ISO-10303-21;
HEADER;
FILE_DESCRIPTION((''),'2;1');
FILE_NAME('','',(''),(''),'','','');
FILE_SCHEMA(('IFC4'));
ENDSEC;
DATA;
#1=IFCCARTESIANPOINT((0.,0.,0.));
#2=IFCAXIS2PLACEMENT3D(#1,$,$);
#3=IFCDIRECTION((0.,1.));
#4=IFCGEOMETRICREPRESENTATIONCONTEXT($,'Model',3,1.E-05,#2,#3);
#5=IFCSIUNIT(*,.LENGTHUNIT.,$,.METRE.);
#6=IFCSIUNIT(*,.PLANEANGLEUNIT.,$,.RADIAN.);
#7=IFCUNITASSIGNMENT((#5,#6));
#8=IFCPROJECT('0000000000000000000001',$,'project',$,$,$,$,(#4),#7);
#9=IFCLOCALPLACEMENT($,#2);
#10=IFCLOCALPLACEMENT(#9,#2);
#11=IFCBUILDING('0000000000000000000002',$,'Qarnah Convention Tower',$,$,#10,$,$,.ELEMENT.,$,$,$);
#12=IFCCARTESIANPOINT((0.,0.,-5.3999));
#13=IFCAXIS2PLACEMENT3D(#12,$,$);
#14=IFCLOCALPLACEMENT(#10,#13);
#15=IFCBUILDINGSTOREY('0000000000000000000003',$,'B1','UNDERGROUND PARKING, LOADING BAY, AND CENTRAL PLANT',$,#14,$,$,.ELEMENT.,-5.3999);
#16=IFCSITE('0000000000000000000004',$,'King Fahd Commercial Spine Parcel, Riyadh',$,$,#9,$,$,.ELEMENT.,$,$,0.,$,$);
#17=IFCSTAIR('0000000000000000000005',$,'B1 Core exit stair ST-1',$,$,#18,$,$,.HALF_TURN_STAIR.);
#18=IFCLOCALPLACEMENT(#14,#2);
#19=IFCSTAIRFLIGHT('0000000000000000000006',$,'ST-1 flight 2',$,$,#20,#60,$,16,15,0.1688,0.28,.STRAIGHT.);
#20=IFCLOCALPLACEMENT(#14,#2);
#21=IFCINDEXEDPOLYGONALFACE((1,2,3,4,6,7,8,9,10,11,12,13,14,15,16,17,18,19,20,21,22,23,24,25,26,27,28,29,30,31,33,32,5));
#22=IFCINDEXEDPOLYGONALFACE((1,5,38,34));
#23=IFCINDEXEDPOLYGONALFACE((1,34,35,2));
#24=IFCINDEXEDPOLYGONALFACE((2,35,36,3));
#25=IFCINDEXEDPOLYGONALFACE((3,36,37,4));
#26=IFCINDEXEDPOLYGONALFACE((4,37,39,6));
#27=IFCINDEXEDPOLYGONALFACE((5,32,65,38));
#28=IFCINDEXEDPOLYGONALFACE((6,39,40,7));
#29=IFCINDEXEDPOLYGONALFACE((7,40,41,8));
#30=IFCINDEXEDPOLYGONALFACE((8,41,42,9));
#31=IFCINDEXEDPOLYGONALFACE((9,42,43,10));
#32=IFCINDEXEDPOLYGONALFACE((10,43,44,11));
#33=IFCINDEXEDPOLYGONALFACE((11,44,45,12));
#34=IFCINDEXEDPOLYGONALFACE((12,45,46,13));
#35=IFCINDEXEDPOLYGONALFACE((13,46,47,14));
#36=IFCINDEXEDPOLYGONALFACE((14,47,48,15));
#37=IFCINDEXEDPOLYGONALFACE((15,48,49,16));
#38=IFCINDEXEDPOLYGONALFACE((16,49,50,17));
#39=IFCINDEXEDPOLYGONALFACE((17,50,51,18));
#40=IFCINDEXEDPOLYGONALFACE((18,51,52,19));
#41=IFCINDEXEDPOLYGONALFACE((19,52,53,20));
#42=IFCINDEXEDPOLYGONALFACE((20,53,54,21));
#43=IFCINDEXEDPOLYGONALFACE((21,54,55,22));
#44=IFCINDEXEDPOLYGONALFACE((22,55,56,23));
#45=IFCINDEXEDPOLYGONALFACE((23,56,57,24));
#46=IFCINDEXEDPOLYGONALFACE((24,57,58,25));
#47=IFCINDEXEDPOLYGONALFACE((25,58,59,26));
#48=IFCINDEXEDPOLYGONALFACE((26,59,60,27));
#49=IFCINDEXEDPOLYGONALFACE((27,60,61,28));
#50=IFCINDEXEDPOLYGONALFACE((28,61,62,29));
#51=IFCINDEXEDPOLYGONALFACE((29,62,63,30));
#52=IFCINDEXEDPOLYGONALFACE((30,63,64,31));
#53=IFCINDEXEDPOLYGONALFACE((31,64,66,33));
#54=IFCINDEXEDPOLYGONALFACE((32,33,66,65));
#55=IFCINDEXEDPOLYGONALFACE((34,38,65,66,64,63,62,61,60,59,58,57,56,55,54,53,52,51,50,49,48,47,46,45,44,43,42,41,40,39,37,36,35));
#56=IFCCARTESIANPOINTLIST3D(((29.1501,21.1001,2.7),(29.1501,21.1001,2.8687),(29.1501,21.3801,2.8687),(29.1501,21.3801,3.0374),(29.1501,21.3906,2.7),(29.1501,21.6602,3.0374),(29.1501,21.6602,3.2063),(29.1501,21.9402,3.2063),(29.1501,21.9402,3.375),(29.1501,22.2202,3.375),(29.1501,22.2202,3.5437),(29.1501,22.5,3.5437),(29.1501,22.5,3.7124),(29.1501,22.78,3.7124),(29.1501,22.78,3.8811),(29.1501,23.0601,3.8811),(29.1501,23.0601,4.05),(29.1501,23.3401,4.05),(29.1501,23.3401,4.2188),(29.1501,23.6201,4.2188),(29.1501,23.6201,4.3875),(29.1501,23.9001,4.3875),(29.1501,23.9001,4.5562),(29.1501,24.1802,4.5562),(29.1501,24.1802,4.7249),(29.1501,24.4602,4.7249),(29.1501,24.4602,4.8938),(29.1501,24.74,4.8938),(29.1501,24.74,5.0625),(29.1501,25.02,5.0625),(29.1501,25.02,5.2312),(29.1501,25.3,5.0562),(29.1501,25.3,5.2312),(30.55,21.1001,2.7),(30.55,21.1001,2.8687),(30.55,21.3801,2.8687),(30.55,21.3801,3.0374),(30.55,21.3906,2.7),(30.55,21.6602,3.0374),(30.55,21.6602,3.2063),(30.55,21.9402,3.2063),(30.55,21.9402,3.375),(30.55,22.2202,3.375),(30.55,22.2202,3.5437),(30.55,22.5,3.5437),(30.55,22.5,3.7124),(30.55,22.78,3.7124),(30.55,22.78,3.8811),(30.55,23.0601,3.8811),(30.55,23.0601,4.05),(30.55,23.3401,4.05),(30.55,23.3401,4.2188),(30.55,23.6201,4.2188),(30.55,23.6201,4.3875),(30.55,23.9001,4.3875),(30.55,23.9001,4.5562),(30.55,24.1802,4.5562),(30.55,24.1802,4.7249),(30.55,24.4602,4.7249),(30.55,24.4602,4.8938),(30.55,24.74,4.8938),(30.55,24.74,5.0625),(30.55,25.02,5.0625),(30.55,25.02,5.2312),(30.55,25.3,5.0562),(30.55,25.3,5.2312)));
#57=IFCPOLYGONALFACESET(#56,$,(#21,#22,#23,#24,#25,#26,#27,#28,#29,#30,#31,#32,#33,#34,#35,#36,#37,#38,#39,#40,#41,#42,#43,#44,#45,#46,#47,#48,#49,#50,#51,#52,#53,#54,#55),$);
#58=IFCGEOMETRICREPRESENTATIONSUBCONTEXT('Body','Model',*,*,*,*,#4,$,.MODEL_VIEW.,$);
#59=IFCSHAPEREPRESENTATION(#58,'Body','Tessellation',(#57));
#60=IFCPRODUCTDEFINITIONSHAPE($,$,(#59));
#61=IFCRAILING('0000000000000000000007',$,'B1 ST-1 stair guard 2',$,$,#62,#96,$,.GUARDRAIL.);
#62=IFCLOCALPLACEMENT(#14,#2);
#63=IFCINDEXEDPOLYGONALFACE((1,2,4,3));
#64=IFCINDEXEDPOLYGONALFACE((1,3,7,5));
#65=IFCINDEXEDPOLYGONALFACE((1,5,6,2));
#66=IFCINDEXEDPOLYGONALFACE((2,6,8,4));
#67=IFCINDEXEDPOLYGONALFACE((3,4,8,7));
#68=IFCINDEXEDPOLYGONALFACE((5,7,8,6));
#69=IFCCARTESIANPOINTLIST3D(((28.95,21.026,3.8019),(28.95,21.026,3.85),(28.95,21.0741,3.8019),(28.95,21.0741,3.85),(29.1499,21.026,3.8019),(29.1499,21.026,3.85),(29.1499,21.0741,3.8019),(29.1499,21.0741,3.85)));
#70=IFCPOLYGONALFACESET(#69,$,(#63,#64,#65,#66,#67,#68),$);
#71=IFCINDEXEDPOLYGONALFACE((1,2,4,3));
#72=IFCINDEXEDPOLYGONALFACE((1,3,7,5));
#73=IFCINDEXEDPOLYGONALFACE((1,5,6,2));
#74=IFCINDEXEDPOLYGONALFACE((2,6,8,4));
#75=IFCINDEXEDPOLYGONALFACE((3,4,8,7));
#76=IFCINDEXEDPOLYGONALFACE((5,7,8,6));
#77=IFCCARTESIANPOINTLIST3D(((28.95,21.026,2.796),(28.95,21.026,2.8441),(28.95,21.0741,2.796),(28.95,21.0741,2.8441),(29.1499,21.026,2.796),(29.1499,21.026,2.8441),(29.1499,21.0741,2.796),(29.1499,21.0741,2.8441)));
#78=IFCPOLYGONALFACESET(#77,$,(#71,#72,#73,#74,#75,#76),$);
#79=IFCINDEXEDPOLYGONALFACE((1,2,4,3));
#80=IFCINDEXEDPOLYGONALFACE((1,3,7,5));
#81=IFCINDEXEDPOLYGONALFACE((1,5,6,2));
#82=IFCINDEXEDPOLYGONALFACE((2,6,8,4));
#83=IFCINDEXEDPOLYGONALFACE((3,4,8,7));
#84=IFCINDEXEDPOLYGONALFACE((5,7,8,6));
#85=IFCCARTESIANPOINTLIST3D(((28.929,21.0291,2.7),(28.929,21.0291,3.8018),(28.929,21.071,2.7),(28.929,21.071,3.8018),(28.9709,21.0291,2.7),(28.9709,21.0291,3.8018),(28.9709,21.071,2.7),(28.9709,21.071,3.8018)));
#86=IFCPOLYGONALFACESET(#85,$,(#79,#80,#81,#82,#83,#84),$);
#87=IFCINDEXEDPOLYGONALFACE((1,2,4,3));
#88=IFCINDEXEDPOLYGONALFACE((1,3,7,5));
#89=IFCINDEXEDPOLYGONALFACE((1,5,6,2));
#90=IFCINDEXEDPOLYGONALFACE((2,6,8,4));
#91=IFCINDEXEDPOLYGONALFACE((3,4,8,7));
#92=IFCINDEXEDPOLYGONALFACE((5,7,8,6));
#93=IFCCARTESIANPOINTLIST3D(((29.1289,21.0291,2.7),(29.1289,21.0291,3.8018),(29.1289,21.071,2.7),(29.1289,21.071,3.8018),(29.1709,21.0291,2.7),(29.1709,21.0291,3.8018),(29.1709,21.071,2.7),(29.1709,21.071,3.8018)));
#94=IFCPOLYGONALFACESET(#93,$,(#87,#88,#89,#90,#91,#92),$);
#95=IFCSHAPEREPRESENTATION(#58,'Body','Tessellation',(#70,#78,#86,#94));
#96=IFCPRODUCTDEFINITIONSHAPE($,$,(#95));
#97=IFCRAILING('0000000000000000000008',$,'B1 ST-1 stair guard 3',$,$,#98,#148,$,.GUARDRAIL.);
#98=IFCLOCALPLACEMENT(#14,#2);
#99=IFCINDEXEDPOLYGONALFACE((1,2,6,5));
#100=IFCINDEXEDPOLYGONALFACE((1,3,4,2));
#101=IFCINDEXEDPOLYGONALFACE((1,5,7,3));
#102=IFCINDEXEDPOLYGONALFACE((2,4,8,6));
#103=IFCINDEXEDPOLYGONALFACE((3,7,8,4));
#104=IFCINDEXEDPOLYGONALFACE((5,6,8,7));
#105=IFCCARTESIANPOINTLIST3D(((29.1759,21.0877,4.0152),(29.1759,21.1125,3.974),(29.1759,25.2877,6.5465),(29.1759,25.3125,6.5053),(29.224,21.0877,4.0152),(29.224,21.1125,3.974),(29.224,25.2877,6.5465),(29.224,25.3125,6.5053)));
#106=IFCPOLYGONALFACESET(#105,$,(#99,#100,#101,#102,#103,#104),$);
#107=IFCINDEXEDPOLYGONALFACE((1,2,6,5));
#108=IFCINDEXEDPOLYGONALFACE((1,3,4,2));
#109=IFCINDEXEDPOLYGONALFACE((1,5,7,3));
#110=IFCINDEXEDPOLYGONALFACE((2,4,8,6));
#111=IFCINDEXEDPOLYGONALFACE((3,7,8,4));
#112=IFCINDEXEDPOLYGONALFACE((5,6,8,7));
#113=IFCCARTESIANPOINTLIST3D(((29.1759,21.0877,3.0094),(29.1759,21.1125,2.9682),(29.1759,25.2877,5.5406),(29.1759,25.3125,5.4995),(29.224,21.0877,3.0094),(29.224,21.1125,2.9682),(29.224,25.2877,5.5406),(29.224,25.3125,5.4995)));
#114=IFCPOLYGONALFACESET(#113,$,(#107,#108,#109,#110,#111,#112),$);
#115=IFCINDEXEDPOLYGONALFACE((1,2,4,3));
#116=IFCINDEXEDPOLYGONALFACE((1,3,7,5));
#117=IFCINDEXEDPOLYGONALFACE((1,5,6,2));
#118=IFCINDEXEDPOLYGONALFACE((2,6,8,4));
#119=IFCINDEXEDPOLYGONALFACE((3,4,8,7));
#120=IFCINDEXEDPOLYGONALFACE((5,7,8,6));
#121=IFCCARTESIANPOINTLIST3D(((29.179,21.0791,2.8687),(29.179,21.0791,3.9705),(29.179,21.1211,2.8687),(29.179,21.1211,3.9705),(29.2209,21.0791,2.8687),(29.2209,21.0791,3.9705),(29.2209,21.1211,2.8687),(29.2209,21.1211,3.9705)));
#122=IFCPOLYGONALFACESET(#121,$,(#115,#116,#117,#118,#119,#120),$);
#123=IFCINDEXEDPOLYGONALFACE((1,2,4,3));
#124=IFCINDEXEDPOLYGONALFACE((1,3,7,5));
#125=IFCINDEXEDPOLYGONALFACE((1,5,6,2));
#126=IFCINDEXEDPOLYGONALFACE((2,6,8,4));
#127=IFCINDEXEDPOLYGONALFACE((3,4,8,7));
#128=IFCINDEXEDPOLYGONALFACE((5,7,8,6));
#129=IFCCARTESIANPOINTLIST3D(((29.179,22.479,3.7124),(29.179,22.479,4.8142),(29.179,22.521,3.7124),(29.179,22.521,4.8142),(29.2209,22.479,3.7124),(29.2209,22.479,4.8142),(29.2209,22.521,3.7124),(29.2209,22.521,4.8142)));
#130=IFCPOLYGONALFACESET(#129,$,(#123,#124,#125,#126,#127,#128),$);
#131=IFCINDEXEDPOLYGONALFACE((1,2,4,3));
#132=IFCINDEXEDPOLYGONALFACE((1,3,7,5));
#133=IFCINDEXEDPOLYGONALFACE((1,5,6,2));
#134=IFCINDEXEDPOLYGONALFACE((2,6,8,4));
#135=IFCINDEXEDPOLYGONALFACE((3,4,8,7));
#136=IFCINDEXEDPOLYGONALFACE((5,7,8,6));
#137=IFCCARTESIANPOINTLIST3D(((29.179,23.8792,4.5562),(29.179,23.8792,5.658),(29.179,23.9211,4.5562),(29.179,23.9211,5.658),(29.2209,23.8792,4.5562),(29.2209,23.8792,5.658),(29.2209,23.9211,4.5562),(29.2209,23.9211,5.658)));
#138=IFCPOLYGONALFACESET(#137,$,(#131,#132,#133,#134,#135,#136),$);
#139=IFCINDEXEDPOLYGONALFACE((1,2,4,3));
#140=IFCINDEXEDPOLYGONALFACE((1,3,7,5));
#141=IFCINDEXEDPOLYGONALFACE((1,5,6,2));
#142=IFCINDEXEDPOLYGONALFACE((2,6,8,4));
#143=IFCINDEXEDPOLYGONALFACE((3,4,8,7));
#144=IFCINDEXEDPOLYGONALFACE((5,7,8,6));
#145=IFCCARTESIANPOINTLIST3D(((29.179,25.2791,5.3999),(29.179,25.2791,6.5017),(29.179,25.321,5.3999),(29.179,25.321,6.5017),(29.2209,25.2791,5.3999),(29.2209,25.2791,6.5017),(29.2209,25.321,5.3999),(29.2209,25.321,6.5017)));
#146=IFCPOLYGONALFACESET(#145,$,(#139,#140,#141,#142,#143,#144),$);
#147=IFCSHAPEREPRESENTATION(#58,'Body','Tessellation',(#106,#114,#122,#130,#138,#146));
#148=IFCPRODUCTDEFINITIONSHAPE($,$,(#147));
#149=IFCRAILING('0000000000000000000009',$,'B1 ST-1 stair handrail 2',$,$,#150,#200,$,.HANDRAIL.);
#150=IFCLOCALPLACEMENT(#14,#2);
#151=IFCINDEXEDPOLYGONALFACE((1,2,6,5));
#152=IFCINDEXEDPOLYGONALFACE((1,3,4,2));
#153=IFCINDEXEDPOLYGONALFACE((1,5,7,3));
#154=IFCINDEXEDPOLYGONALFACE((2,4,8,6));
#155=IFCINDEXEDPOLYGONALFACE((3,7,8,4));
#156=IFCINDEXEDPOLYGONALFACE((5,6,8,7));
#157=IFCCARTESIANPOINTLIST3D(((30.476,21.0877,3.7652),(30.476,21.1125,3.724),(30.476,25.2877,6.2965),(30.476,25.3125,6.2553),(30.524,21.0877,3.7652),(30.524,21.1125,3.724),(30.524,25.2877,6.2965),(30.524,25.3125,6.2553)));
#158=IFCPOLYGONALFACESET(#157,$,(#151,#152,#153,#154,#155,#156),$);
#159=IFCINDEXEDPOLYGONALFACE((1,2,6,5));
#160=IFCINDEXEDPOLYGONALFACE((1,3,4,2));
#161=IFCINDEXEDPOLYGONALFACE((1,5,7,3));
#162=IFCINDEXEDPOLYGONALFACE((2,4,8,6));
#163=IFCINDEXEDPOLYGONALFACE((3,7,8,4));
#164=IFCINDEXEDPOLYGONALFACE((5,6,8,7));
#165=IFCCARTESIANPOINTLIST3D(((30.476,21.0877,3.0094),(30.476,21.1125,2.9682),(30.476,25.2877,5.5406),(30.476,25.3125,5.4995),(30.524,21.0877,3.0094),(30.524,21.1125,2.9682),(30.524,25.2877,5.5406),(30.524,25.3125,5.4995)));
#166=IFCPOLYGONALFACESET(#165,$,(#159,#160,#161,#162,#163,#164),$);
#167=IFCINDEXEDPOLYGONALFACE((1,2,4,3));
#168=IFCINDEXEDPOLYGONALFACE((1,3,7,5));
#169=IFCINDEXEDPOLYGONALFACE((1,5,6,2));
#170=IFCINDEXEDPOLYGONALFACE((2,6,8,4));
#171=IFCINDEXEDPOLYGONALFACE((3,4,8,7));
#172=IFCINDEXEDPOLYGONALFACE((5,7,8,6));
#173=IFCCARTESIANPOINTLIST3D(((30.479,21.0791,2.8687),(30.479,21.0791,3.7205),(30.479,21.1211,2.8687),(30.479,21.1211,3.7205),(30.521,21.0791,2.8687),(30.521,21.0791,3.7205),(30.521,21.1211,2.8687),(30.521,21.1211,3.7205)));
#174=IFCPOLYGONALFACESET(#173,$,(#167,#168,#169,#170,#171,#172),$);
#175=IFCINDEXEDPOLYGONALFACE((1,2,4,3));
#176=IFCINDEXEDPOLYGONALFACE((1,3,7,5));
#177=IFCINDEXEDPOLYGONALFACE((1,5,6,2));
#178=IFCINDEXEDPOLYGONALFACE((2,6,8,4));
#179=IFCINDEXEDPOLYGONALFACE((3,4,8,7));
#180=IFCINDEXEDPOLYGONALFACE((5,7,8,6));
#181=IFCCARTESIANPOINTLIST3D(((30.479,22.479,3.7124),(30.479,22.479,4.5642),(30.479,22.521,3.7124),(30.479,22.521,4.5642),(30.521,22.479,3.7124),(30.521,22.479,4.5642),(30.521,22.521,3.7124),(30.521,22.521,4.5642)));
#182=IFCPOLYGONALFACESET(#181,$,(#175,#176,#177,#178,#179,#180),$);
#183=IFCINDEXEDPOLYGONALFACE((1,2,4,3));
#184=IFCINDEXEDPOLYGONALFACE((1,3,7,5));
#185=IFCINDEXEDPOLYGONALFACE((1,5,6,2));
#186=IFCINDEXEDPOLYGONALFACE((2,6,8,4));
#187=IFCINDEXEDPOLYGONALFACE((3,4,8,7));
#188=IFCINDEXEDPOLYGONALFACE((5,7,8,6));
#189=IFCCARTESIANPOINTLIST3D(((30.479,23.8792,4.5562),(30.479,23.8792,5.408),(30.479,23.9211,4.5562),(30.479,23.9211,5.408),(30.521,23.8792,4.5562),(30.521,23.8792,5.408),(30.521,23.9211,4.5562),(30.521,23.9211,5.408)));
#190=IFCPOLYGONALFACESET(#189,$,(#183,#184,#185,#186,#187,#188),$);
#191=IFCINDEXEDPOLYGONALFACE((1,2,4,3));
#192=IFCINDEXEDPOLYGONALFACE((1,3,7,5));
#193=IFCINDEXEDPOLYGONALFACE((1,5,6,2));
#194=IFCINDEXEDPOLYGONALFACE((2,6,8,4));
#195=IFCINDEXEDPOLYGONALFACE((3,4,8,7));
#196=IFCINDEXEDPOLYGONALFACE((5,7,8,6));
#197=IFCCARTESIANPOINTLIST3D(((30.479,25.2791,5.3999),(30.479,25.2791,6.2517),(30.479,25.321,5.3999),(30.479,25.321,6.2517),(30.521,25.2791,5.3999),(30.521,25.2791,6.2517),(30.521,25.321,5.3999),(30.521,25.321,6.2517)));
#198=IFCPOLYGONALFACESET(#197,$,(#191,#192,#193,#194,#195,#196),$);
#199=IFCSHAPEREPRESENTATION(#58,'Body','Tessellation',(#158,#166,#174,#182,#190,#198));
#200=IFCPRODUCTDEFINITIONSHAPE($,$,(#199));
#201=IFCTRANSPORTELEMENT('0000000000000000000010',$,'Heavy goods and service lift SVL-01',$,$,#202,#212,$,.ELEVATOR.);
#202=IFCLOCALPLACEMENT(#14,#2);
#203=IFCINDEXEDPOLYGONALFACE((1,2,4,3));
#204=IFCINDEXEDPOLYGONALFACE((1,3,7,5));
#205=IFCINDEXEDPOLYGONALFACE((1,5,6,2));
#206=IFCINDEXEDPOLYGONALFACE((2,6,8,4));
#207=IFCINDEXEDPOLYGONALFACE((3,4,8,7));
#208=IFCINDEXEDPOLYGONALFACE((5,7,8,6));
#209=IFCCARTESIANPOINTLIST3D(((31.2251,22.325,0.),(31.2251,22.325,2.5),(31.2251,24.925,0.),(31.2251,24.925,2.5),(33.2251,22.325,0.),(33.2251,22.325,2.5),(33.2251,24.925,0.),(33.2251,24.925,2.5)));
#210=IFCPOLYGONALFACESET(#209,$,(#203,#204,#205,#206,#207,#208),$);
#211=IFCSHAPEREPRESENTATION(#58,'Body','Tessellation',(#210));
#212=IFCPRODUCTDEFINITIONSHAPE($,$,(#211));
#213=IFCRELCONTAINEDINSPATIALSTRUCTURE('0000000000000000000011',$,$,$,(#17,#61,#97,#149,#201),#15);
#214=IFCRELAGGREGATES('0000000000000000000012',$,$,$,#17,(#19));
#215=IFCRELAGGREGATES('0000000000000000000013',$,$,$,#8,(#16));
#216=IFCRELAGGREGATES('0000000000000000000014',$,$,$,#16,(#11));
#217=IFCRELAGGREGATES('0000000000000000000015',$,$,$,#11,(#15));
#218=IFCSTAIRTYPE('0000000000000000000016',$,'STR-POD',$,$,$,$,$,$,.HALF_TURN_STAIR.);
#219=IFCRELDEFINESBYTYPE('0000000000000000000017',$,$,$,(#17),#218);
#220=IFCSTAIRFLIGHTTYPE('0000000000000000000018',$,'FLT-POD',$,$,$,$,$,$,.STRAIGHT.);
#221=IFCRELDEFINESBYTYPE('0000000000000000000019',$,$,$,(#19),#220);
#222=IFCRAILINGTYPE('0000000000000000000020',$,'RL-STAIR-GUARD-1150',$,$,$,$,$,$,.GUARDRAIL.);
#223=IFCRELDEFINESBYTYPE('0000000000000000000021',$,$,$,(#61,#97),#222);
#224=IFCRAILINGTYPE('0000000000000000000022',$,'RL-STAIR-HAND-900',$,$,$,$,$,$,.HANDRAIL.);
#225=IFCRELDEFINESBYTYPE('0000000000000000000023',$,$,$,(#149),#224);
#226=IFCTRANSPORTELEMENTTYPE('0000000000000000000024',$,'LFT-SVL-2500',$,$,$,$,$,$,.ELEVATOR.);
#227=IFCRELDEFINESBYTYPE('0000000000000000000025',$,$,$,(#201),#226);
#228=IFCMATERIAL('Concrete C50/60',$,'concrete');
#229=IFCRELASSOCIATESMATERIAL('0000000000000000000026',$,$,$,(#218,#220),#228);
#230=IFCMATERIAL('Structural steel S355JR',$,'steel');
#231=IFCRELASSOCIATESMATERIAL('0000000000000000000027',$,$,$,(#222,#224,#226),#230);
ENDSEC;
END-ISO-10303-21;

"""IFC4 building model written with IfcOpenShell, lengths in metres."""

from ifc_helpers import new_model, si_unit, direction, frame, origin, origin_2d, place, context, subcontext, project, spatial, polyline, rectangle, outline, extrude, material, type_object, element, aggregate, save


model = new_model("IFC4")

# Units and contexts
model_context = context("Model", 3, precision=1e-05, world=origin(), true_north=direction((0.0, 1.0)))
body_context = subcontext(model_context, "Body", "Model", "MODEL_VIEW")
ifc_project = project(units=[si_unit("LENGTHUNIT", "METRE"), si_unit("PLANEANGLEUNIT", "RADIAN")], contexts=[model_context])

# Site, building, storey
site_placement = place(None, origin())
site = spatial("IfcSite", under=ifc_project, at=site_placement, Name="King Fahd Commercial Spine Parcel, Riyadh", CompositionType="ELEMENT", RefElevation=0.0)
building_placement = place(site_placement, origin())
building = spatial("IfcBuilding", under=site, at=building_placement, Name="Qarnah Convention Tower", CompositionType="ELEMENT")
storey_placement = place(building_placement, frame((0.0, 0.0, -5.3999)))
storey = spatial("IfcBuildingStorey", under=building, at=storey_placement, Name="B1", Description="UNDERGROUND PARKING, LOADING BAY, AND CENTRAL PLANT", CompositionType="ELEMENT", Elevation=-5.3999)

# Shared definitions
ifc_material_1 = material(Name="Concrete C50/60", Category="concrete")

# Shared definitions
ifc_material_2 = material(Name="Structural steel S355JR", Category="steel")

# Stair, stair flight
stair_type = type_object("IfcStairType", Name="STR-POD", PredefinedType="HALF_TURN_STAIR", material=ifc_material_1)
stair_placement = place(storey_placement, origin())
stair = element("IfcStair", 1, at=stair_placement, inside=storey, type_object=stair_type, Name="B1 Core exit stair ST-1", PredefinedType="HALF_TURN_STAIR")
stair_flight_type = type_object("IfcStairFlightType", Name="FLT-POD", PredefinedType="STRAIGHT", material=ifc_material_1)
stair_flight_placement = place(storey_placement, frame((29.8501, 21.1001, 2.7), z_axis=(0.0, 0.0, 1.0), x_axis=(0.0, 1.0, 0.0)))
stair_flight = element("IfcStairFlight", 2, at=stair_flight_placement, type_object=stair_flight_type, Name="ST-1 flight 2", NumberOfRisers=16, NumberOfTreads=15, PredefinedType="STRAIGHT", RiserHeight=0.1688, TreadLength=0.28, context=body_context, shape_type="SweptSolid", body=[
    extrude(outline(polyline([(0.0, 0.0), (0.0, 0.1687), (0.28, 0.1687), (0.28, 0.3374), (0.5601, 0.3374), (0.5601, 0.5063), (0.8401, 0.5063), (0.8401, 0.675), (1.1201, 0.675), (1.1201, 0.8438), (1.3999, 0.8438), (1.3999, 1.0125), (1.6799, 1.0125), (1.6799, 1.1812), (1.96, 1.1812), (1.96, 1.3501), (2.24, 1.3501), (2.24, 1.5188), (2.52, 1.5188), (2.52, 1.6875), (2.8, 1.6875), (2.8, 1.8562), (3.0801, 1.8562), (3.0801, 2.0249), (3.3601, 2.0249), (3.3601, 2.1938), (3.6399, 2.1938), (3.6399, 2.3625), (3.9199, 2.3625), (3.9199, 2.5312), (4.2, 2.5312), (4.2, 2.7), (4.2, 2.3562), (0.2905, 0.0), (0.0, 0.0)])), frame((0.0, 0.7, 0.0), z_axis=(0.0, -1.0, 0.0), x_axis=(1.0, 0.0, 0.0)), (0.0, 0.0, 1.0), 1.3999),
])
aggregate(stair, [stair_flight])

# Railings
railing_type_1 = type_object("IfcRailingType", Name="RL-STAIR-GUARD-1150", PredefinedType="GUARDRAIL", material=ifc_material_2)
railing_1_placement = place(storey_placement, frame((28.95, 21.05, 2.7)))
element("IfcRailing", 3, at=railing_1_placement, inside=storey, type_object=railing_type_1, Name="B1 ST-1 stair guard 2", PredefinedType="GUARDRAIL", context=body_context, shape_type="SweptSolid", body=[
    extrude(rectangle(XDim=0.0481, YDim=0.0481, at=origin_2d()), frame((0.0, 0.0, 1.126), z_axis=(1.0, 0.0, 0.0), x_axis=(0.0, 1.0, 0.0)), (0.0, 0.0, 1.0), 0.2),
    extrude(rectangle(XDim=0.0481, YDim=0.0481, at=origin_2d()), frame((0.0, 0.0, 0.1201), z_axis=(1.0, 0.0, 0.0), x_axis=(0.0, 1.0, 0.0)), (0.0, 0.0, 1.0), 0.2),
    extrude(rectangle(XDim=0.042, YDim=0.042, at=origin_2d()), origin(), (0.0, 0.0, 1.0), 1.1018),
    extrude(rectangle(XDim=0.042, YDim=0.042, at=origin_2d()), frame((0.2, 0.0, 0.0)), (0.0, 0.0, 1.0), 1.1018),
])
railing_2_placement = place(storey_placement, frame((29.2, 21.1001, 2.8687)))
element("IfcRailing", 4, at=railing_2_placement, inside=storey, type_object=railing_type_1, Name="B1 ST-1 stair guard 3", PredefinedType="GUARDRAIL", context=body_context, shape_type="SweptSolid", body=[
    extrude(rectangle(XDim=0.0481, YDim=0.0481, at=origin_2d()), frame((0.0, 0.0, 1.126), z_axis=(0.0, 0.856476, 0.516186), x_axis=(-1.0, 0.0, 0.0)), (0.0, 0.0, 1.0), 4.9038),
    extrude(rectangle(XDim=0.0481, YDim=0.0481, at=origin_2d()), frame((0.0, 0.0, 0.1201), z_axis=(0.0, 0.856476, 0.516186), x_axis=(-1.0, 0.0, 0.0)), (0.0, 0.0, 1.0), 4.9038),
    extrude(rectangle(XDim=0.042, YDim=0.042, at=origin_2d()), origin(), (0.0, 0.0, 1.0), 1.1018),
    extrude(rectangle(XDim=0.042, YDim=0.042, at=origin_2d()), frame((0.0, 1.3999, 0.8438)), (0.0, 0.0, 1.0), 1.1018),
    extrude(rectangle(XDim=0.042, YDim=0.042, at=origin_2d()), frame((0.0, 2.8, 1.6875)), (0.0, 0.0, 1.0), 1.1018),
    extrude(rectangle(XDim=0.042, YDim=0.042, at=origin_2d()), frame((0.0, 4.2, 2.5312)), (0.0, 0.0, 1.0), 1.1018),
])
railing_type_2 = type_object("IfcRailingType", Name="RL-STAIR-HAND-900", PredefinedType="HANDRAIL", material=ifc_material_2)
railing_3_placement = place(storey_placement, frame((30.5, 21.1001, 2.8687)))
element("IfcRailing", 5, at=railing_3_placement, inside=storey, type_object=railing_type_2, Name="B1 ST-1 stair handrail 2", PredefinedType="HANDRAIL", context=body_context, shape_type="SweptSolid", body=[
    extrude(rectangle(XDim=0.0481, YDim=0.0481, at=origin_2d()), frame((0.0, 0.0, 0.876), z_axis=(0.0, 0.856476, 0.516186), x_axis=(-1.0, 0.0, 0.0)), (0.0, 0.0, 1.0), 4.9038),
    extrude(rectangle(XDim=0.0481, YDim=0.0481, at=origin_2d()), frame((0.0, 0.0, 0.1201), z_axis=(0.0, 0.856476, 0.516186), x_axis=(-1.0, 0.0, 0.0)), (0.0, 0.0, 1.0), 4.9038),
    extrude(rectangle(XDim=0.042, YDim=0.042, at=origin_2d()), origin(), (0.0, 0.0, 1.0), 0.8518),
    extrude(rectangle(XDim=0.042, YDim=0.042, at=origin_2d()), frame((0.0, 1.3999, 0.8438)), (0.0, 0.0, 1.0), 0.8518),
    extrude(rectangle(XDim=0.042, YDim=0.042, at=origin_2d()), frame((0.0, 2.8, 1.6875)), (0.0, 0.0, 1.0), 0.8518),
    extrude(rectangle(XDim=0.042, YDim=0.042, at=origin_2d()), frame((0.0, 4.2, 2.5312)), (0.0, 0.0, 1.0), 0.8518),
])

# Transport element
transport_element_type = type_object("IfcTransportElementType", Name="LFT-SVL-2500", PredefinedType="ELEVATOR", material=ifc_material_2)
transport_element_placement = place(storey_placement, frame((32.2251, 23.625, 0.0), z_axis=(0.0, 0.0, 1.0), x_axis=(1.0, 0.0, 0.0)))
element("IfcTransportElement", 6, at=transport_element_placement, inside=storey, type_object=transport_element_type, Name="Heavy goods and service lift SVL-01", PredefinedType="ELEVATOR", context=body_context, shape_type="SweptSolid", body=[
    extrude(rectangle(XDim=2.0, YDim=2.6001, at=origin_2d()), origin(), (0.0, 0.0, 1.0), 2.5),
])

save(model, "model.ifc")
